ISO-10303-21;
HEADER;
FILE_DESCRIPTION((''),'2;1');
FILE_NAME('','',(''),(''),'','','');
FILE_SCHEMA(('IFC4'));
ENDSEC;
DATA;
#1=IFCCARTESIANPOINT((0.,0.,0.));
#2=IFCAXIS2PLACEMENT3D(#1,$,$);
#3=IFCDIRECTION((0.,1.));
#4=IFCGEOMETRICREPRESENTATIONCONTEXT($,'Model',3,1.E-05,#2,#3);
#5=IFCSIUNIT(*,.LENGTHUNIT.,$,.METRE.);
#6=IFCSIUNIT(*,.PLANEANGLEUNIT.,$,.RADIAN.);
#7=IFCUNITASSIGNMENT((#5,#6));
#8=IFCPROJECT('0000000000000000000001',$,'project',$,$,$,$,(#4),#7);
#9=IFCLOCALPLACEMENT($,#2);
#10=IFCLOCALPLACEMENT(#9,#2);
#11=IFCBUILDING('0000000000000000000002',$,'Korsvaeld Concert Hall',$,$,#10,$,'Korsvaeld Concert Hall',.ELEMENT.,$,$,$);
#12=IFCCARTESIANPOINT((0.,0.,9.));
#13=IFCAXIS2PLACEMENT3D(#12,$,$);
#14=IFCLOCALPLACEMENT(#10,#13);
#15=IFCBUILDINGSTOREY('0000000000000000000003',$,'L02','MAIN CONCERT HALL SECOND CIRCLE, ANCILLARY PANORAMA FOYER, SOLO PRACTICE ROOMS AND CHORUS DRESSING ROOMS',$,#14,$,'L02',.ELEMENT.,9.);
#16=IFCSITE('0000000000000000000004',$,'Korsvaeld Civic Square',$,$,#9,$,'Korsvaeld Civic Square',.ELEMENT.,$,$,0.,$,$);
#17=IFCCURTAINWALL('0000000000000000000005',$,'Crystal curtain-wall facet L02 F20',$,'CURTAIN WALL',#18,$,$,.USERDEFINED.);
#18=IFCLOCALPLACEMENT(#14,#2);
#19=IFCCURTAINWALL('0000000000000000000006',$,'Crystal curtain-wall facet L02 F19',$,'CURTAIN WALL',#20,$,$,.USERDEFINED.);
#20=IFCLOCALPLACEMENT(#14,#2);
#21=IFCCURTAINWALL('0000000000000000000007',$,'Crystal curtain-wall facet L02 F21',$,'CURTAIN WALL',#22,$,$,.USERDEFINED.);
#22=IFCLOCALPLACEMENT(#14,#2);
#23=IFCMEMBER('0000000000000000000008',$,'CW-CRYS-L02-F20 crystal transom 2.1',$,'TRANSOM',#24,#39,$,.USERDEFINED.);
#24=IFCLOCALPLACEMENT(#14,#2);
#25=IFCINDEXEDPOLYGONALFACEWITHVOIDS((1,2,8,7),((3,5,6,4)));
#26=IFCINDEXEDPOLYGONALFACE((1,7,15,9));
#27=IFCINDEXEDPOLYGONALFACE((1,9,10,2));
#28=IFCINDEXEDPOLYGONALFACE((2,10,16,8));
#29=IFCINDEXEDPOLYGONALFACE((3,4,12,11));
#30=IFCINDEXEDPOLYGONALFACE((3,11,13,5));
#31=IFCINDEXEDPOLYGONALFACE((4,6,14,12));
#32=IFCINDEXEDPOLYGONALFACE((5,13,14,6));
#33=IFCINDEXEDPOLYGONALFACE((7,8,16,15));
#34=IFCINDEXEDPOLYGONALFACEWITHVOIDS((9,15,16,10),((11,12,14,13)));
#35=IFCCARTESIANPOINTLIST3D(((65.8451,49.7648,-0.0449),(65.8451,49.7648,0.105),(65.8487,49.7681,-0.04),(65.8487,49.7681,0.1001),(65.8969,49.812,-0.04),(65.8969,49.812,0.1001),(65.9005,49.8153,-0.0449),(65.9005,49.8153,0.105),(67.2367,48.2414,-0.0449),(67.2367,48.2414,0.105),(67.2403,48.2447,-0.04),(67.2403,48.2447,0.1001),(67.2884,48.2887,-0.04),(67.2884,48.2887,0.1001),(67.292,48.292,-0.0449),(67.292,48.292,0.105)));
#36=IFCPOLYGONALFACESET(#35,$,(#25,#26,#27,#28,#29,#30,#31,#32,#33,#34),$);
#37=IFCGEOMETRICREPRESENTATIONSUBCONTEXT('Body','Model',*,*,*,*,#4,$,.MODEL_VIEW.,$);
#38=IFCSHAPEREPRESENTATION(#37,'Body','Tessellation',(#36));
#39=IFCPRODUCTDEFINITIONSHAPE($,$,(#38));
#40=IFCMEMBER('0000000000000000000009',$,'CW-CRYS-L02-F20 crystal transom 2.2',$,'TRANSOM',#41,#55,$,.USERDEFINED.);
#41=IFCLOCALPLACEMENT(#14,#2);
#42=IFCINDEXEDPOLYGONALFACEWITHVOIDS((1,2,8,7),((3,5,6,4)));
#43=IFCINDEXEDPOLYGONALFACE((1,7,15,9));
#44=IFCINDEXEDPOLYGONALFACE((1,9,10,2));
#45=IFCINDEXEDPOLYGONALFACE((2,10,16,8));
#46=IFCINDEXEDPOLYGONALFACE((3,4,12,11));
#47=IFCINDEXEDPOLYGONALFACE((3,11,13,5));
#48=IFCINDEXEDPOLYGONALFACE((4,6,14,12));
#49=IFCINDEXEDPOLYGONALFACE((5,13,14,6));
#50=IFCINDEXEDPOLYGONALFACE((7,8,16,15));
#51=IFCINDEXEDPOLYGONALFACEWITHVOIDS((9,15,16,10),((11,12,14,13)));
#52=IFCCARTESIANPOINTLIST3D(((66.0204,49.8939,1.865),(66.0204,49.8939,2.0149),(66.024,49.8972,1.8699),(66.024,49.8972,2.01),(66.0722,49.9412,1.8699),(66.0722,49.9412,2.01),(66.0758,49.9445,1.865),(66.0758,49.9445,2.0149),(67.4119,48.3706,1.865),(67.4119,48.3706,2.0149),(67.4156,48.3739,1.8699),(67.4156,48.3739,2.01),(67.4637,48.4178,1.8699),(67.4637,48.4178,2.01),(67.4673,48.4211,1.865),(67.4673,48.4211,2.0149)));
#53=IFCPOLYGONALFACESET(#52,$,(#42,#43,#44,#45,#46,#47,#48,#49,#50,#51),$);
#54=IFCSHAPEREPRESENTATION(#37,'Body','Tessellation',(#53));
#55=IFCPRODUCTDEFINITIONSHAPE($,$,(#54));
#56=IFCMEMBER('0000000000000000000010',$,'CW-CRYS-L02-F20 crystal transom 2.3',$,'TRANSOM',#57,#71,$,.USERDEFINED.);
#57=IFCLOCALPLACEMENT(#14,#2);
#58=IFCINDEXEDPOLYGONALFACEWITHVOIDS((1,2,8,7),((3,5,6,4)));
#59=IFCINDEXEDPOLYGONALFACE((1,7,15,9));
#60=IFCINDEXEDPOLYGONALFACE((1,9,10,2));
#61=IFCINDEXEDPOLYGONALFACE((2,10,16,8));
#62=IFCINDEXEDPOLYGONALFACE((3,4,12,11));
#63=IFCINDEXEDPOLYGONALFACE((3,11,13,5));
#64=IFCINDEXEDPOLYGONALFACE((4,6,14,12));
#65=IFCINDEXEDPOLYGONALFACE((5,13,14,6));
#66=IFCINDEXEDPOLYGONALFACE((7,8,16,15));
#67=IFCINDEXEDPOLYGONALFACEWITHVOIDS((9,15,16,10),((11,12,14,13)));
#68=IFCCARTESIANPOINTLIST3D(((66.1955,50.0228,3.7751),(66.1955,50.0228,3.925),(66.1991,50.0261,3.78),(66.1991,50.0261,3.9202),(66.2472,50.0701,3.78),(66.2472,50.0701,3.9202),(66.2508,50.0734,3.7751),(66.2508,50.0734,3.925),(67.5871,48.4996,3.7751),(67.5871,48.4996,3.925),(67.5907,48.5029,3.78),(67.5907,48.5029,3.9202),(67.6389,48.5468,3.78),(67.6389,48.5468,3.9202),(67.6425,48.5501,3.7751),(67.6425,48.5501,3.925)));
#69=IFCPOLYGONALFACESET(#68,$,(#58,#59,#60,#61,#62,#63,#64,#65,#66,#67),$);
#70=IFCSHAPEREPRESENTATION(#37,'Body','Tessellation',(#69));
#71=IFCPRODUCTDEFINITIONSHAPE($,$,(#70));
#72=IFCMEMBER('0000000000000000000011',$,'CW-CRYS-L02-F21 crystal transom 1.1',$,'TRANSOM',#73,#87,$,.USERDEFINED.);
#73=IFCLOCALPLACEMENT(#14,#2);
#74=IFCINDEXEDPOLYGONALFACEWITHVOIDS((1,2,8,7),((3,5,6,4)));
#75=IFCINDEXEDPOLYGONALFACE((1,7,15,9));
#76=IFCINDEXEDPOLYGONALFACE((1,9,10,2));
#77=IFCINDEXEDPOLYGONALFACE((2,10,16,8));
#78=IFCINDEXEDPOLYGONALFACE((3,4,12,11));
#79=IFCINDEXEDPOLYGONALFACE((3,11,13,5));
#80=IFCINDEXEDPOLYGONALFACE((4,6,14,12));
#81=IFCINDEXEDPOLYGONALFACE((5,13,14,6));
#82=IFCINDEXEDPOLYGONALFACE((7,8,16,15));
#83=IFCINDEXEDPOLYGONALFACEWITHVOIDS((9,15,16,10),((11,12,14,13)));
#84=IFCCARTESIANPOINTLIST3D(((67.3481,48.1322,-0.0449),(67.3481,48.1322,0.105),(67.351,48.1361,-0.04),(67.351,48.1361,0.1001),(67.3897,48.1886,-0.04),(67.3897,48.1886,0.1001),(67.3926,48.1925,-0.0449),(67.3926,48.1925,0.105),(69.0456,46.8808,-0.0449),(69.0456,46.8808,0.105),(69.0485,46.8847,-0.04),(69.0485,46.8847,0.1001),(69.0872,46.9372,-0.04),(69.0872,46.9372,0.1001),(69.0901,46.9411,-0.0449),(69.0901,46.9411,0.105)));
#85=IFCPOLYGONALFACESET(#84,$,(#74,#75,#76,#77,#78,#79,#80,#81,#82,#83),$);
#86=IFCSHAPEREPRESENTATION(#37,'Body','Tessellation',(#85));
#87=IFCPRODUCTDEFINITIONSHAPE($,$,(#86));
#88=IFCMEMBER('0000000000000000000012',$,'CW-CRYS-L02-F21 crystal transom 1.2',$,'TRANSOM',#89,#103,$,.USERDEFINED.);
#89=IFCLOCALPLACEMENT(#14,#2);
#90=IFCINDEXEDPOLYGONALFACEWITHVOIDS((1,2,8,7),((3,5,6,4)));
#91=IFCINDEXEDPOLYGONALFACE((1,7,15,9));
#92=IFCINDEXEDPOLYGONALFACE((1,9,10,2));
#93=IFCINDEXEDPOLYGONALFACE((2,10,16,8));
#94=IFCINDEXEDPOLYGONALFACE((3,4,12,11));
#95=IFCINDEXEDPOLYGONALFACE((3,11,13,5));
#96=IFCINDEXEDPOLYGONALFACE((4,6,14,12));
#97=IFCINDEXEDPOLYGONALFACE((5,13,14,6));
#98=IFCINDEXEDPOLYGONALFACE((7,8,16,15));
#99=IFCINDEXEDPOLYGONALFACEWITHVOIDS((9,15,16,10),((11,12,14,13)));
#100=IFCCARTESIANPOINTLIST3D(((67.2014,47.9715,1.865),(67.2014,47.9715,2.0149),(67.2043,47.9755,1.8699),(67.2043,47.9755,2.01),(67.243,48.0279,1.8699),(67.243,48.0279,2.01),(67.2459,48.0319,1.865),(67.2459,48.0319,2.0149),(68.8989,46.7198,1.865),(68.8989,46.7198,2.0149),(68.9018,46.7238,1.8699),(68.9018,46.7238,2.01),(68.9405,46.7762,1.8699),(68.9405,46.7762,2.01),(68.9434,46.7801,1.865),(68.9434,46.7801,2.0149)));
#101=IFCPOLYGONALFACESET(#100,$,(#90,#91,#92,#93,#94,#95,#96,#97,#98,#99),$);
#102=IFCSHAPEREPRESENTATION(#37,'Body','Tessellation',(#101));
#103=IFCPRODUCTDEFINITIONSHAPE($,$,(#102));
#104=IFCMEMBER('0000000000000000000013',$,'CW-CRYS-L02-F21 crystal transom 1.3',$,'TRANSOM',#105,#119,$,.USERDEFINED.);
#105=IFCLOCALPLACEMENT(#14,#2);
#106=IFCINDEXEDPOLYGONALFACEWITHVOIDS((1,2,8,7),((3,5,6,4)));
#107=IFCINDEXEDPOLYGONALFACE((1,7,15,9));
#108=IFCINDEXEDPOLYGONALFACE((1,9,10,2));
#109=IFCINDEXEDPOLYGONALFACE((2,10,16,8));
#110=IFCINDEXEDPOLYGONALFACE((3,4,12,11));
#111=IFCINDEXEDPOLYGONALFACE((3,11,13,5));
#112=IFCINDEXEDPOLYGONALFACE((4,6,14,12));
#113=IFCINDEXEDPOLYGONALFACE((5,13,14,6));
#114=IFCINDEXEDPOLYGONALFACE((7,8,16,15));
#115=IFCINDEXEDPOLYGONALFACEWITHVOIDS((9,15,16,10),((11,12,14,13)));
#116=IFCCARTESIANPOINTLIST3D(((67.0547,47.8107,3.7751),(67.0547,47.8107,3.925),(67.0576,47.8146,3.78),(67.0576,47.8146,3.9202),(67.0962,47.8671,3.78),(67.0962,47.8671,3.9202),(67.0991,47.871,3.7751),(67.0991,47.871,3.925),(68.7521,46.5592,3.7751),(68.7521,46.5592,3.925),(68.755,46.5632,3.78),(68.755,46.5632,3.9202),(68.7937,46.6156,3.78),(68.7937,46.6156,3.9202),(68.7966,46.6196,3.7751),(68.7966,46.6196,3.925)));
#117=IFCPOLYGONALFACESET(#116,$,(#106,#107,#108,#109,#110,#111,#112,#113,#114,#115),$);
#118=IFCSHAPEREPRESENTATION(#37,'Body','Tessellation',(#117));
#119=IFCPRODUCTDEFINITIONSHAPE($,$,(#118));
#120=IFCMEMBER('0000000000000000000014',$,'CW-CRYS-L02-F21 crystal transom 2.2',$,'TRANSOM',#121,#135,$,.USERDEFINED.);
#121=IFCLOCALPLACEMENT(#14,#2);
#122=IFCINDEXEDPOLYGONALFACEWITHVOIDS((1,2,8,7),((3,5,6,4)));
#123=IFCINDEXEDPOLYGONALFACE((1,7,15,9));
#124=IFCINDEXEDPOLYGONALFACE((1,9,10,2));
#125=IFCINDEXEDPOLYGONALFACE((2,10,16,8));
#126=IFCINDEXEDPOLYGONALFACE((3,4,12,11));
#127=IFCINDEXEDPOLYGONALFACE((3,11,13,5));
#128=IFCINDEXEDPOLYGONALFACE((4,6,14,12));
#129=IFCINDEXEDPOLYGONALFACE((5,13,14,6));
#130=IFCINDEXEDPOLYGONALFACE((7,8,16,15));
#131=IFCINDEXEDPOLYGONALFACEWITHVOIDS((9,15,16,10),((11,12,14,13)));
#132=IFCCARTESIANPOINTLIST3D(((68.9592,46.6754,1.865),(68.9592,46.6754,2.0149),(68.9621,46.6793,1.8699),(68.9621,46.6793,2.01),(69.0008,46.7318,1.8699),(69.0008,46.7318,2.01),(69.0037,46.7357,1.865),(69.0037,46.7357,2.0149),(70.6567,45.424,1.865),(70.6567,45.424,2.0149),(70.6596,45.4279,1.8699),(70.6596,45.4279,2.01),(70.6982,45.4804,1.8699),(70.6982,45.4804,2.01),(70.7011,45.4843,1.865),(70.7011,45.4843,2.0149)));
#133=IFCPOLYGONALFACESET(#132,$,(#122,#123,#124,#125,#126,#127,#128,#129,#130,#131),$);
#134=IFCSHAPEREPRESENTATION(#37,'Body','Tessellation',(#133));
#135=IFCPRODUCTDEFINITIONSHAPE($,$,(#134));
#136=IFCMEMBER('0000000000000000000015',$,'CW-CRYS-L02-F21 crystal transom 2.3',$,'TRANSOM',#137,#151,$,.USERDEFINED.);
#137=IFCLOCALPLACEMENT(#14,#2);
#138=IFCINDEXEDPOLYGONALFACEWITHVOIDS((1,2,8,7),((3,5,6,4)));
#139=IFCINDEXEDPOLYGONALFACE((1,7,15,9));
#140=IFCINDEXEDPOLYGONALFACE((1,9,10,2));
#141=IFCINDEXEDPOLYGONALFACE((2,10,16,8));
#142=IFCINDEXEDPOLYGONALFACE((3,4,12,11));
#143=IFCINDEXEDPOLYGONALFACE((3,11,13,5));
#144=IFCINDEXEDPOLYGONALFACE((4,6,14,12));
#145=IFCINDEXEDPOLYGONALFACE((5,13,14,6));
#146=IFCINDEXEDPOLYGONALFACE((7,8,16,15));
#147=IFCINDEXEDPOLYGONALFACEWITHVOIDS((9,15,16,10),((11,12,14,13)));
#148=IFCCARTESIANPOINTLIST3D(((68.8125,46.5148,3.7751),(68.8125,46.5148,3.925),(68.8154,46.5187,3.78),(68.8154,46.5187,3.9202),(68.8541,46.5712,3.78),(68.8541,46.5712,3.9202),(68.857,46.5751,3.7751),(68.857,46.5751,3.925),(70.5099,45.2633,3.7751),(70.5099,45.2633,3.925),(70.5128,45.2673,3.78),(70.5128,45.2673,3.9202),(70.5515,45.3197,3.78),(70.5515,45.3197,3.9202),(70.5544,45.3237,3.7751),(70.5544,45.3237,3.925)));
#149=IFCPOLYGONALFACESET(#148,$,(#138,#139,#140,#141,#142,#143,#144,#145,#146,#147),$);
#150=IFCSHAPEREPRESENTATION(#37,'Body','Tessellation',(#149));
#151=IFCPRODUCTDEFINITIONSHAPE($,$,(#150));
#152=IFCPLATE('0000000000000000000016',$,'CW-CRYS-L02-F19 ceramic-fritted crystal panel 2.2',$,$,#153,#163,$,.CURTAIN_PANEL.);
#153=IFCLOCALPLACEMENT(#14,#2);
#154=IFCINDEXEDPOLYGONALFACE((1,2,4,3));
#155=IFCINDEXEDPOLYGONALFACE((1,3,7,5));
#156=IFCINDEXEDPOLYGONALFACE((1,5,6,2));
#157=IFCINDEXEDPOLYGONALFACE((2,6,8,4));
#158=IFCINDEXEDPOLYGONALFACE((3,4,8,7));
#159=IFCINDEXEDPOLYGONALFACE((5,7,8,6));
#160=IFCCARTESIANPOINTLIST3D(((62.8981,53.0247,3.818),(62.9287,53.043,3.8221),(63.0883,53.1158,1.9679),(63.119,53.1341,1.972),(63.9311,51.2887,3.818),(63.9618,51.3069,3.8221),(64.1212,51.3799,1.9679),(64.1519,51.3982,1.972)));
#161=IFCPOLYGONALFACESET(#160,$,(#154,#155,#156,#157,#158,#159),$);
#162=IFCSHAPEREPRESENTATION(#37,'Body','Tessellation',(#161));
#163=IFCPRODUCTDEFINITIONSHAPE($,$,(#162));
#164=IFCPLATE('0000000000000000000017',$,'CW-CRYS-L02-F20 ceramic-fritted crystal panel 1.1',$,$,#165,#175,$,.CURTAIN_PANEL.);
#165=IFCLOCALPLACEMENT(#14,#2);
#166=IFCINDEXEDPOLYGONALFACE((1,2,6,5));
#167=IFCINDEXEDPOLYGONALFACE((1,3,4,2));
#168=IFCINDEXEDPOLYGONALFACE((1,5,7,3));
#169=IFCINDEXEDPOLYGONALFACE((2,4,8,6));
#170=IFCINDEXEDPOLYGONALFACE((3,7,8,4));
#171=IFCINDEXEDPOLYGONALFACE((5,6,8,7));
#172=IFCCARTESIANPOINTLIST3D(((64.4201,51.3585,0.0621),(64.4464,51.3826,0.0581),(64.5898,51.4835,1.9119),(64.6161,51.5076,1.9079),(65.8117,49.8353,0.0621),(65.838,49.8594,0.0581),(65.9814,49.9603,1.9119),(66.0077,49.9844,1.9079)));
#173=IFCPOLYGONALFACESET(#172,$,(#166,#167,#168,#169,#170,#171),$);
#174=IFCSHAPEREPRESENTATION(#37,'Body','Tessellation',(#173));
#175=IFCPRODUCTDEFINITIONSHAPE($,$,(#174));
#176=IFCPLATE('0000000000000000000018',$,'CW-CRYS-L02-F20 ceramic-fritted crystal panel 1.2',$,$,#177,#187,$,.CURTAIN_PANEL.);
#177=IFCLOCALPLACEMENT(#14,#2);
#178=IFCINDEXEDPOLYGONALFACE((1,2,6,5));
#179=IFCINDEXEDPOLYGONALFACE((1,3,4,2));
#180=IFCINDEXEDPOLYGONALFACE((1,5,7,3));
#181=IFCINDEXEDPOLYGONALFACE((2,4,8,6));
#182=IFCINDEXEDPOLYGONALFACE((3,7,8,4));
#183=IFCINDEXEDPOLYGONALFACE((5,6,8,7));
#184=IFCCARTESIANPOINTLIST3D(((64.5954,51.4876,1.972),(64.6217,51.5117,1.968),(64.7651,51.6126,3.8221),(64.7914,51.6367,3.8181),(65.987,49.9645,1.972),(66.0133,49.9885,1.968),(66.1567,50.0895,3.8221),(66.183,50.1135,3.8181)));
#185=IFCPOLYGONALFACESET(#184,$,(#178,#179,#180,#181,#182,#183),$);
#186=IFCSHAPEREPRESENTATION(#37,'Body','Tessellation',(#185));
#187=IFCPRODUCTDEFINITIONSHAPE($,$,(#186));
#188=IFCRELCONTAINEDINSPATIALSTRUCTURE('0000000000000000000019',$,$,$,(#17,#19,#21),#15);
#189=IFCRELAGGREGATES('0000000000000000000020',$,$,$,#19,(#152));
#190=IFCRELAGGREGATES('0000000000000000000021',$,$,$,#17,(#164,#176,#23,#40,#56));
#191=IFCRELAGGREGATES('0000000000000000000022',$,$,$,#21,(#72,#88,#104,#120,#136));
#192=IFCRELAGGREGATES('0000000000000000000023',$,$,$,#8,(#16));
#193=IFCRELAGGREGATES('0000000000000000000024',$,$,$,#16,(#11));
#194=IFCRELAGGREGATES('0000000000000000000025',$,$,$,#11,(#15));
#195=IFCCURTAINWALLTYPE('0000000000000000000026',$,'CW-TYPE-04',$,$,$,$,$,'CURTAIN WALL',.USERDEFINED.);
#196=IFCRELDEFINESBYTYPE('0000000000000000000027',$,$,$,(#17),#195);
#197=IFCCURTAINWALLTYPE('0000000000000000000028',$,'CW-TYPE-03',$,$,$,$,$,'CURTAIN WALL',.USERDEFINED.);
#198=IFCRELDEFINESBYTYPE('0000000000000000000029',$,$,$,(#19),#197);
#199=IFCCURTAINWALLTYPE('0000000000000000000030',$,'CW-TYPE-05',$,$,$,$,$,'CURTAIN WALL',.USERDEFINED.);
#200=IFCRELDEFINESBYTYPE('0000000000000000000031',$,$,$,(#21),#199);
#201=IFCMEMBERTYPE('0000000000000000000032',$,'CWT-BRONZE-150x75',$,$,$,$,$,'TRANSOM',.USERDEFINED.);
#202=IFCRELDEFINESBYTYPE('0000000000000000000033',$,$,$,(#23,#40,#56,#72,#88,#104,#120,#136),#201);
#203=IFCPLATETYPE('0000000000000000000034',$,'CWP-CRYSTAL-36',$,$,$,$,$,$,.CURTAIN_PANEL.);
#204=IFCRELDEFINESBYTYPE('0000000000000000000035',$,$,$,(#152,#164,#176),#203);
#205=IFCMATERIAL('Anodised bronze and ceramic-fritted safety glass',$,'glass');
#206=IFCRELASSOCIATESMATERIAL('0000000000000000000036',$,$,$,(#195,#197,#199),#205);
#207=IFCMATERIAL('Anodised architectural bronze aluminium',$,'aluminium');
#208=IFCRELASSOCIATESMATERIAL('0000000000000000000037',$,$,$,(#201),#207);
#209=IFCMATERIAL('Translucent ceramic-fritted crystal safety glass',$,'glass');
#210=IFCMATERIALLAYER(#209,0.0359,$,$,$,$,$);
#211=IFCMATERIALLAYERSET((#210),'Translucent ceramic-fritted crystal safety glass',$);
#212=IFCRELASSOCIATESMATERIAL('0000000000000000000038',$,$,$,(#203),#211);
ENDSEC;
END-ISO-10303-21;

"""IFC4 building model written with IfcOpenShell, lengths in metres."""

from ifc_helpers import new_model, si_unit, direction, frame, origin, origin_2d, place, context, subcontext, project, spatial, polyline, hollow_rectangle, outline, extrude, material, layer, layer_set, material_profile, profile_set, type_object, element, aggregate, save


model = new_model("IFC4")

# Units and contexts
model_context = context("Model", 3, precision=1e-05, world=origin(), true_north=direction((0.0, 1.0)))
body_context = subcontext(model_context, "Body", "Model", "MODEL_VIEW")
ifc_project = project(units=[si_unit("LENGTHUNIT", "METRE"), si_unit("PLANEANGLEUNIT", "RADIAN")], contexts=[model_context])

# Site, building, storey
site_placement = place(None, origin())
site = spatial("IfcSite", under=ifc_project, at=site_placement, Name="Korsvaeld Civic Square", LongName="Korsvaeld Civic Square", CompositionType="ELEMENT", RefElevation=0.0)
building_placement = place(site_placement, origin())
building = spatial("IfcBuilding", under=site, at=building_placement, Name="Korsvaeld Concert Hall", LongName="Korsvaeld Concert Hall", CompositionType="ELEMENT")
storey_placement = place(building_placement, frame((0.0, 0.0, 9.0)))
storey = spatial("IfcBuildingStorey", under=building, at=storey_placement, Name="L02", Description="MAIN CONCERT HALL SECOND CIRCLE, ANCILLARY PANORAMA FOYER, SOLO PRACTICE ROOMS AND CHORUS DRESSING ROOMS", LongName="L02", CompositionType="ELEMENT", Elevation=9.0)

# Curtain wall
ifc_material_1 = material(Name="Anodised bronze and ceramic-fritted safety glass", Category="glass")
curtain_wall_type_1 = type_object("IfcCurtainWallType", Name="CW-TYPE-04", ElementType="CURTAIN WALL", PredefinedType="USERDEFINED", material=ifc_material_1)
curtain_wall_1_placement = place(storey_placement, origin())
curtain_wall_1 = element("IfcCurtainWall", 1, at=curtain_wall_1_placement, inside=storey, type_object=curtain_wall_type_1, Name="Crystal curtain-wall facet L02 F20", ObjectType="CURTAIN WALL", PredefinedType="USERDEFINED")
ifc_material_2 = material(Name="Anodised architectural bronze aluminium", Category="aluminium")

# Curtain walls
curtain_wall_type_2 = type_object("IfcCurtainWallType", Name="CW-TYPE-03", ElementType="CURTAIN WALL", PredefinedType="USERDEFINED", material=ifc_material_1)
curtain_wall_2_placement = place(storey_placement, origin())
curtain_wall_2 = element("IfcCurtainWall", 2, at=curtain_wall_2_placement, inside=storey, type_object=curtain_wall_type_2, Name="Crystal curtain-wall facet L02 F19", ObjectType="CURTAIN WALL", PredefinedType="USERDEFINED")
curtain_wall_type_3 = type_object("IfcCurtainWallType", Name="CW-TYPE-05", ElementType="CURTAIN WALL", PredefinedType="USERDEFINED", material=ifc_material_1)
curtain_wall_3_placement = place(storey_placement, origin())
curtain_wall_3 = element("IfcCurtainWall", 3, at=curtain_wall_3_placement, inside=storey, type_object=curtain_wall_type_3, Name="Crystal curtain-wall facet L02 F21", ObjectType="CURTAIN WALL", PredefinedType="USERDEFINED")

# Members
ifc_material_profile_1 = material_profile(ifc_material_2, hollow_rectangle(XDim=0.075, YDim=0.1499, WallThickness=0.0049, at=origin_2d()), Name="CWT 150x75x5")
ifc_profile_set_1 = profile_set([ifc_material_profile_1], Name="Anodised architectural bronze aluminium")
member_type_1 = type_object("IfcMemberType", Name="CWT-BRONZE-150x75", ElementType="TRANSOM", PredefinedType="USERDEFINED", material=ifc_profile_set_1)
member_1_placement = place(storey_placement, frame((65.8728, 49.79, 0.03), z_axis=(0.674438, -0.738332, 0.0), x_axis=(0.738332, 0.674438, 0.0)))
member_1 = element("IfcMember", 4, at=member_1_placement, type_object=member_type_1, Name="CW-CRYS-L02-F20 crystal transom 2.1", ObjectType="TRANSOM", PredefinedType="USERDEFINED", context=body_context, shape_type="SweptSolid", body=[
    extrude(hollow_rectangle(XDim=0.075, YDim=0.1499, WallThickness=0.0049, at=origin_2d()), origin(), (0.0, 0.0, 1.0), 2.0632),
])
member_2_placement = place(storey_placement, frame((66.0481, 49.9192, 1.9399), z_axis=(0.674438, -0.738332, 0.0), x_axis=(0.738332, 0.674438, 0.0)))
member_2 = element("IfcMember", 5, at=member_2_placement, type_object=member_type_1, Name="CW-CRYS-L02-F20 crystal transom 2.2", ObjectType="TRANSOM", PredefinedType="USERDEFINED", context=body_context, shape_type="SweptSolid", body=[
    extrude(hollow_rectangle(XDim=0.075, YDim=0.1499, WallThickness=0.0049, at=origin_2d()), origin(), (0.0, 0.0, 1.0), 2.0632),
])
member_3_placement = place(storey_placement, frame((66.2231, 50.0481, 3.8501), z_axis=(0.674497, -0.738278, 0.0), x_axis=(0.738278, 0.674497, 0.0)))
member_3 = element("IfcMember", 6, at=member_3_placement, type_object=member_type_1, Name="CW-CRYS-L02-F20 crystal transom 2.3", ObjectType="TRANSOM", PredefinedType="USERDEFINED", context=body_context, shape_type="SweptSolid", body=[
    extrude(hollow_rectangle(XDim=0.075, YDim=0.1499, WallThickness=0.0049, at=origin_2d()), origin(), (0.0, 0.0, 1.0), 2.0632),
])
member_4_placement = place(storey_placement, frame((67.3704, 48.1624, 0.03), z_axis=(0.804905, -0.593404, 0.0), x_axis=(0.593404, 0.804905, 0.0)))
member_4 = element("IfcMember", 7, at=member_4_placement, type_object=member_type_1, Name="CW-CRYS-L02-F21 crystal transom 1.1", ObjectType="TRANSOM", PredefinedType="USERDEFINED", context=body_context, shape_type="SweptSolid", body=[
    extrude(hollow_rectangle(XDim=0.075, YDim=0.1499, WallThickness=0.0049, at=origin_2d()), origin(), (0.0, 0.0, 1.0), 2.1089),
])
member_5_placement = place(storey_placement, frame((67.2236, 48.0017, 1.9399), z_axis=(0.804849, -0.593479, 0.0), x_axis=(0.593479, 0.804849, 0.0)))
member_5 = element("IfcMember", 8, at=member_5_placement, type_object=member_type_1, Name="CW-CRYS-L02-F21 crystal transom 1.2", ObjectType="TRANSOM", PredefinedType="USERDEFINED", context=body_context, shape_type="SweptSolid", body=[
    extrude(hollow_rectangle(XDim=0.075, YDim=0.1499, WallThickness=0.0049, at=origin_2d()), origin(), (0.0, 0.0, 1.0), 2.1091),
])
member_6_placement = place(storey_placement, frame((67.0769, 47.8408, 3.8501), z_axis=(0.804905, -0.593404, 0.0), x_axis=(0.593404, 0.804905, 0.0)))
member_6 = element("IfcMember", 9, at=member_6_placement, type_object=member_type_1, Name="CW-CRYS-L02-F21 crystal transom 1.3", ObjectType="TRANSOM", PredefinedType="USERDEFINED", context=body_context, shape_type="SweptSolid", body=[
    extrude(hollow_rectangle(XDim=0.075, YDim=0.1499, WallThickness=0.0049, at=origin_2d()), origin(), (0.0, 0.0, 1.0), 2.1089),
])
member_7_placement = place(storey_placement, frame((68.9814, 46.7056, 1.9399), z_axis=(0.804905, -0.593404, 0.0), x_axis=(0.593404, 0.804905, 0.0)))
member_7 = element("IfcMember", 10, at=member_7_placement, type_object=member_type_1, Name="CW-CRYS-L02-F21 crystal transom 2.2", ObjectType="TRANSOM", PredefinedType="USERDEFINED", context=body_context, shape_type="SweptSolid", body=[
    extrude(hollow_rectangle(XDim=0.075, YDim=0.1499, WallThickness=0.0049, at=origin_2d()), origin(), (0.0, 0.0, 1.0), 2.1089),
])
member_8_placement = place(storey_placement, frame((68.8347, 46.5449, 3.8501), z_axis=(0.804905, -0.593404, 0.0), x_axis=(0.593404, 0.804905, 0.0)))
member_8 = element("IfcMember", 11, at=member_8_placement, type_object=member_type_1, Name="CW-CRYS-L02-F21 crystal transom 2.3", ObjectType="TRANSOM", PredefinedType="USERDEFINED", context=body_context, shape_type="SweptSolid", body=[
    extrude(hollow_rectangle(XDim=0.075, YDim=0.1499, WallThickness=0.0049, at=origin_2d()), origin(), (0.0, 0.0, 1.0), 2.1089),
])

# Plates
ifc_material_3 = material(Name="Translucent ceramic-fritted crystal safety glass", Category="glass")
ifc_layer = layer(ifc_material_3, 0.0359)
ifc_layer_set = layer_set([ifc_layer], Name="Translucent ceramic-fritted crystal safety glass")
plate_type = type_object("IfcPlateType", Name="CWP-CRYSTAL-36", PredefinedType="CURTAIN_PANEL", material=ifc_layer_set)
plate_1_placement = place(storey_placement, frame((63.1038, 53.125, 1.97), z_axis=(-0.853883, -0.508091, -0.11282), x_axis=(0.511356, -0.859369, -0.000003)))
plate_1 = element("IfcPlate", 12, at=plate_1_placement, type_object=plate_type, Name="CW-CRYS-L02-F19 ceramic-fritted crystal panel 2.2", PredefinedType="CURTAIN_PANEL", context=body_context, shape_type="SweptSolid", body=[
    extrude(outline(polyline([(0.0, 0.0), (2.0199, 0.0), (2.0011, 1.862), (-0.019, 1.862), (0.0, 0.0)])), frame((0.0, 0.0, 0.0181)), (0.0, 0.0, -1.0), 0.0359),
])
aggregate(curtain_wall_2, [plate_1])
plate_2_placement = place(storey_placement, frame((64.4333, 51.3706, 0.0601), z_axis=(-0.733585, -0.670209, 0.112576), x_axis=(0.674497, -0.738278, 0.0)))
plate_2 = element("IfcPlate", 13, at=plate_2_placement, type_object=plate_type, Name="CW-CRYS-L02-F20 ceramic-fritted crystal panel 1.1", PredefinedType="CURTAIN_PANEL", context=body_context, shape_type="SweptSolid", body=[
    extrude(outline(polyline([(0.0, 0.0), (2.0632, 0.0), (2.0853, 1.8617), (0.0222, 1.8617), (0.0, 0.0)])), frame((0.0, 0.0, 0.0181)), (0.0, 0.0, -1.0), 0.0359),
])
plate_3_placement = place(storey_placement, frame((64.6086, 51.4998, 1.97), z_axis=(-0.733586, -0.67021, 0.112561), x_axis=(0.674497, -0.738278, 0.0)))
plate_3 = element("IfcPlate", 14, at=plate_3_placement, type_object=plate_type, Name="CW-CRYS-L02-F20 ceramic-fritted crystal panel 1.2", PredefinedType="CURTAIN_PANEL", context=body_context, shape_type="SweptSolid", body=[
    extrude(outline(polyline([(0.0, 0.0), (2.0632, 0.0), (2.0853, 1.8619), (0.0222, 1.8619), (0.0, 0.0)])), frame((0.0, 0.0, 0.0181)), (0.0, 0.0, -1.0), 0.0359),
])
aggregate(curtain_wall_1, [plate_2, plate_3, member_1, member_2, member_3])
aggregate(curtain_wall_3, [member_4, member_5, member_6, member_7, member_8])

save(model, "model.ifc")
